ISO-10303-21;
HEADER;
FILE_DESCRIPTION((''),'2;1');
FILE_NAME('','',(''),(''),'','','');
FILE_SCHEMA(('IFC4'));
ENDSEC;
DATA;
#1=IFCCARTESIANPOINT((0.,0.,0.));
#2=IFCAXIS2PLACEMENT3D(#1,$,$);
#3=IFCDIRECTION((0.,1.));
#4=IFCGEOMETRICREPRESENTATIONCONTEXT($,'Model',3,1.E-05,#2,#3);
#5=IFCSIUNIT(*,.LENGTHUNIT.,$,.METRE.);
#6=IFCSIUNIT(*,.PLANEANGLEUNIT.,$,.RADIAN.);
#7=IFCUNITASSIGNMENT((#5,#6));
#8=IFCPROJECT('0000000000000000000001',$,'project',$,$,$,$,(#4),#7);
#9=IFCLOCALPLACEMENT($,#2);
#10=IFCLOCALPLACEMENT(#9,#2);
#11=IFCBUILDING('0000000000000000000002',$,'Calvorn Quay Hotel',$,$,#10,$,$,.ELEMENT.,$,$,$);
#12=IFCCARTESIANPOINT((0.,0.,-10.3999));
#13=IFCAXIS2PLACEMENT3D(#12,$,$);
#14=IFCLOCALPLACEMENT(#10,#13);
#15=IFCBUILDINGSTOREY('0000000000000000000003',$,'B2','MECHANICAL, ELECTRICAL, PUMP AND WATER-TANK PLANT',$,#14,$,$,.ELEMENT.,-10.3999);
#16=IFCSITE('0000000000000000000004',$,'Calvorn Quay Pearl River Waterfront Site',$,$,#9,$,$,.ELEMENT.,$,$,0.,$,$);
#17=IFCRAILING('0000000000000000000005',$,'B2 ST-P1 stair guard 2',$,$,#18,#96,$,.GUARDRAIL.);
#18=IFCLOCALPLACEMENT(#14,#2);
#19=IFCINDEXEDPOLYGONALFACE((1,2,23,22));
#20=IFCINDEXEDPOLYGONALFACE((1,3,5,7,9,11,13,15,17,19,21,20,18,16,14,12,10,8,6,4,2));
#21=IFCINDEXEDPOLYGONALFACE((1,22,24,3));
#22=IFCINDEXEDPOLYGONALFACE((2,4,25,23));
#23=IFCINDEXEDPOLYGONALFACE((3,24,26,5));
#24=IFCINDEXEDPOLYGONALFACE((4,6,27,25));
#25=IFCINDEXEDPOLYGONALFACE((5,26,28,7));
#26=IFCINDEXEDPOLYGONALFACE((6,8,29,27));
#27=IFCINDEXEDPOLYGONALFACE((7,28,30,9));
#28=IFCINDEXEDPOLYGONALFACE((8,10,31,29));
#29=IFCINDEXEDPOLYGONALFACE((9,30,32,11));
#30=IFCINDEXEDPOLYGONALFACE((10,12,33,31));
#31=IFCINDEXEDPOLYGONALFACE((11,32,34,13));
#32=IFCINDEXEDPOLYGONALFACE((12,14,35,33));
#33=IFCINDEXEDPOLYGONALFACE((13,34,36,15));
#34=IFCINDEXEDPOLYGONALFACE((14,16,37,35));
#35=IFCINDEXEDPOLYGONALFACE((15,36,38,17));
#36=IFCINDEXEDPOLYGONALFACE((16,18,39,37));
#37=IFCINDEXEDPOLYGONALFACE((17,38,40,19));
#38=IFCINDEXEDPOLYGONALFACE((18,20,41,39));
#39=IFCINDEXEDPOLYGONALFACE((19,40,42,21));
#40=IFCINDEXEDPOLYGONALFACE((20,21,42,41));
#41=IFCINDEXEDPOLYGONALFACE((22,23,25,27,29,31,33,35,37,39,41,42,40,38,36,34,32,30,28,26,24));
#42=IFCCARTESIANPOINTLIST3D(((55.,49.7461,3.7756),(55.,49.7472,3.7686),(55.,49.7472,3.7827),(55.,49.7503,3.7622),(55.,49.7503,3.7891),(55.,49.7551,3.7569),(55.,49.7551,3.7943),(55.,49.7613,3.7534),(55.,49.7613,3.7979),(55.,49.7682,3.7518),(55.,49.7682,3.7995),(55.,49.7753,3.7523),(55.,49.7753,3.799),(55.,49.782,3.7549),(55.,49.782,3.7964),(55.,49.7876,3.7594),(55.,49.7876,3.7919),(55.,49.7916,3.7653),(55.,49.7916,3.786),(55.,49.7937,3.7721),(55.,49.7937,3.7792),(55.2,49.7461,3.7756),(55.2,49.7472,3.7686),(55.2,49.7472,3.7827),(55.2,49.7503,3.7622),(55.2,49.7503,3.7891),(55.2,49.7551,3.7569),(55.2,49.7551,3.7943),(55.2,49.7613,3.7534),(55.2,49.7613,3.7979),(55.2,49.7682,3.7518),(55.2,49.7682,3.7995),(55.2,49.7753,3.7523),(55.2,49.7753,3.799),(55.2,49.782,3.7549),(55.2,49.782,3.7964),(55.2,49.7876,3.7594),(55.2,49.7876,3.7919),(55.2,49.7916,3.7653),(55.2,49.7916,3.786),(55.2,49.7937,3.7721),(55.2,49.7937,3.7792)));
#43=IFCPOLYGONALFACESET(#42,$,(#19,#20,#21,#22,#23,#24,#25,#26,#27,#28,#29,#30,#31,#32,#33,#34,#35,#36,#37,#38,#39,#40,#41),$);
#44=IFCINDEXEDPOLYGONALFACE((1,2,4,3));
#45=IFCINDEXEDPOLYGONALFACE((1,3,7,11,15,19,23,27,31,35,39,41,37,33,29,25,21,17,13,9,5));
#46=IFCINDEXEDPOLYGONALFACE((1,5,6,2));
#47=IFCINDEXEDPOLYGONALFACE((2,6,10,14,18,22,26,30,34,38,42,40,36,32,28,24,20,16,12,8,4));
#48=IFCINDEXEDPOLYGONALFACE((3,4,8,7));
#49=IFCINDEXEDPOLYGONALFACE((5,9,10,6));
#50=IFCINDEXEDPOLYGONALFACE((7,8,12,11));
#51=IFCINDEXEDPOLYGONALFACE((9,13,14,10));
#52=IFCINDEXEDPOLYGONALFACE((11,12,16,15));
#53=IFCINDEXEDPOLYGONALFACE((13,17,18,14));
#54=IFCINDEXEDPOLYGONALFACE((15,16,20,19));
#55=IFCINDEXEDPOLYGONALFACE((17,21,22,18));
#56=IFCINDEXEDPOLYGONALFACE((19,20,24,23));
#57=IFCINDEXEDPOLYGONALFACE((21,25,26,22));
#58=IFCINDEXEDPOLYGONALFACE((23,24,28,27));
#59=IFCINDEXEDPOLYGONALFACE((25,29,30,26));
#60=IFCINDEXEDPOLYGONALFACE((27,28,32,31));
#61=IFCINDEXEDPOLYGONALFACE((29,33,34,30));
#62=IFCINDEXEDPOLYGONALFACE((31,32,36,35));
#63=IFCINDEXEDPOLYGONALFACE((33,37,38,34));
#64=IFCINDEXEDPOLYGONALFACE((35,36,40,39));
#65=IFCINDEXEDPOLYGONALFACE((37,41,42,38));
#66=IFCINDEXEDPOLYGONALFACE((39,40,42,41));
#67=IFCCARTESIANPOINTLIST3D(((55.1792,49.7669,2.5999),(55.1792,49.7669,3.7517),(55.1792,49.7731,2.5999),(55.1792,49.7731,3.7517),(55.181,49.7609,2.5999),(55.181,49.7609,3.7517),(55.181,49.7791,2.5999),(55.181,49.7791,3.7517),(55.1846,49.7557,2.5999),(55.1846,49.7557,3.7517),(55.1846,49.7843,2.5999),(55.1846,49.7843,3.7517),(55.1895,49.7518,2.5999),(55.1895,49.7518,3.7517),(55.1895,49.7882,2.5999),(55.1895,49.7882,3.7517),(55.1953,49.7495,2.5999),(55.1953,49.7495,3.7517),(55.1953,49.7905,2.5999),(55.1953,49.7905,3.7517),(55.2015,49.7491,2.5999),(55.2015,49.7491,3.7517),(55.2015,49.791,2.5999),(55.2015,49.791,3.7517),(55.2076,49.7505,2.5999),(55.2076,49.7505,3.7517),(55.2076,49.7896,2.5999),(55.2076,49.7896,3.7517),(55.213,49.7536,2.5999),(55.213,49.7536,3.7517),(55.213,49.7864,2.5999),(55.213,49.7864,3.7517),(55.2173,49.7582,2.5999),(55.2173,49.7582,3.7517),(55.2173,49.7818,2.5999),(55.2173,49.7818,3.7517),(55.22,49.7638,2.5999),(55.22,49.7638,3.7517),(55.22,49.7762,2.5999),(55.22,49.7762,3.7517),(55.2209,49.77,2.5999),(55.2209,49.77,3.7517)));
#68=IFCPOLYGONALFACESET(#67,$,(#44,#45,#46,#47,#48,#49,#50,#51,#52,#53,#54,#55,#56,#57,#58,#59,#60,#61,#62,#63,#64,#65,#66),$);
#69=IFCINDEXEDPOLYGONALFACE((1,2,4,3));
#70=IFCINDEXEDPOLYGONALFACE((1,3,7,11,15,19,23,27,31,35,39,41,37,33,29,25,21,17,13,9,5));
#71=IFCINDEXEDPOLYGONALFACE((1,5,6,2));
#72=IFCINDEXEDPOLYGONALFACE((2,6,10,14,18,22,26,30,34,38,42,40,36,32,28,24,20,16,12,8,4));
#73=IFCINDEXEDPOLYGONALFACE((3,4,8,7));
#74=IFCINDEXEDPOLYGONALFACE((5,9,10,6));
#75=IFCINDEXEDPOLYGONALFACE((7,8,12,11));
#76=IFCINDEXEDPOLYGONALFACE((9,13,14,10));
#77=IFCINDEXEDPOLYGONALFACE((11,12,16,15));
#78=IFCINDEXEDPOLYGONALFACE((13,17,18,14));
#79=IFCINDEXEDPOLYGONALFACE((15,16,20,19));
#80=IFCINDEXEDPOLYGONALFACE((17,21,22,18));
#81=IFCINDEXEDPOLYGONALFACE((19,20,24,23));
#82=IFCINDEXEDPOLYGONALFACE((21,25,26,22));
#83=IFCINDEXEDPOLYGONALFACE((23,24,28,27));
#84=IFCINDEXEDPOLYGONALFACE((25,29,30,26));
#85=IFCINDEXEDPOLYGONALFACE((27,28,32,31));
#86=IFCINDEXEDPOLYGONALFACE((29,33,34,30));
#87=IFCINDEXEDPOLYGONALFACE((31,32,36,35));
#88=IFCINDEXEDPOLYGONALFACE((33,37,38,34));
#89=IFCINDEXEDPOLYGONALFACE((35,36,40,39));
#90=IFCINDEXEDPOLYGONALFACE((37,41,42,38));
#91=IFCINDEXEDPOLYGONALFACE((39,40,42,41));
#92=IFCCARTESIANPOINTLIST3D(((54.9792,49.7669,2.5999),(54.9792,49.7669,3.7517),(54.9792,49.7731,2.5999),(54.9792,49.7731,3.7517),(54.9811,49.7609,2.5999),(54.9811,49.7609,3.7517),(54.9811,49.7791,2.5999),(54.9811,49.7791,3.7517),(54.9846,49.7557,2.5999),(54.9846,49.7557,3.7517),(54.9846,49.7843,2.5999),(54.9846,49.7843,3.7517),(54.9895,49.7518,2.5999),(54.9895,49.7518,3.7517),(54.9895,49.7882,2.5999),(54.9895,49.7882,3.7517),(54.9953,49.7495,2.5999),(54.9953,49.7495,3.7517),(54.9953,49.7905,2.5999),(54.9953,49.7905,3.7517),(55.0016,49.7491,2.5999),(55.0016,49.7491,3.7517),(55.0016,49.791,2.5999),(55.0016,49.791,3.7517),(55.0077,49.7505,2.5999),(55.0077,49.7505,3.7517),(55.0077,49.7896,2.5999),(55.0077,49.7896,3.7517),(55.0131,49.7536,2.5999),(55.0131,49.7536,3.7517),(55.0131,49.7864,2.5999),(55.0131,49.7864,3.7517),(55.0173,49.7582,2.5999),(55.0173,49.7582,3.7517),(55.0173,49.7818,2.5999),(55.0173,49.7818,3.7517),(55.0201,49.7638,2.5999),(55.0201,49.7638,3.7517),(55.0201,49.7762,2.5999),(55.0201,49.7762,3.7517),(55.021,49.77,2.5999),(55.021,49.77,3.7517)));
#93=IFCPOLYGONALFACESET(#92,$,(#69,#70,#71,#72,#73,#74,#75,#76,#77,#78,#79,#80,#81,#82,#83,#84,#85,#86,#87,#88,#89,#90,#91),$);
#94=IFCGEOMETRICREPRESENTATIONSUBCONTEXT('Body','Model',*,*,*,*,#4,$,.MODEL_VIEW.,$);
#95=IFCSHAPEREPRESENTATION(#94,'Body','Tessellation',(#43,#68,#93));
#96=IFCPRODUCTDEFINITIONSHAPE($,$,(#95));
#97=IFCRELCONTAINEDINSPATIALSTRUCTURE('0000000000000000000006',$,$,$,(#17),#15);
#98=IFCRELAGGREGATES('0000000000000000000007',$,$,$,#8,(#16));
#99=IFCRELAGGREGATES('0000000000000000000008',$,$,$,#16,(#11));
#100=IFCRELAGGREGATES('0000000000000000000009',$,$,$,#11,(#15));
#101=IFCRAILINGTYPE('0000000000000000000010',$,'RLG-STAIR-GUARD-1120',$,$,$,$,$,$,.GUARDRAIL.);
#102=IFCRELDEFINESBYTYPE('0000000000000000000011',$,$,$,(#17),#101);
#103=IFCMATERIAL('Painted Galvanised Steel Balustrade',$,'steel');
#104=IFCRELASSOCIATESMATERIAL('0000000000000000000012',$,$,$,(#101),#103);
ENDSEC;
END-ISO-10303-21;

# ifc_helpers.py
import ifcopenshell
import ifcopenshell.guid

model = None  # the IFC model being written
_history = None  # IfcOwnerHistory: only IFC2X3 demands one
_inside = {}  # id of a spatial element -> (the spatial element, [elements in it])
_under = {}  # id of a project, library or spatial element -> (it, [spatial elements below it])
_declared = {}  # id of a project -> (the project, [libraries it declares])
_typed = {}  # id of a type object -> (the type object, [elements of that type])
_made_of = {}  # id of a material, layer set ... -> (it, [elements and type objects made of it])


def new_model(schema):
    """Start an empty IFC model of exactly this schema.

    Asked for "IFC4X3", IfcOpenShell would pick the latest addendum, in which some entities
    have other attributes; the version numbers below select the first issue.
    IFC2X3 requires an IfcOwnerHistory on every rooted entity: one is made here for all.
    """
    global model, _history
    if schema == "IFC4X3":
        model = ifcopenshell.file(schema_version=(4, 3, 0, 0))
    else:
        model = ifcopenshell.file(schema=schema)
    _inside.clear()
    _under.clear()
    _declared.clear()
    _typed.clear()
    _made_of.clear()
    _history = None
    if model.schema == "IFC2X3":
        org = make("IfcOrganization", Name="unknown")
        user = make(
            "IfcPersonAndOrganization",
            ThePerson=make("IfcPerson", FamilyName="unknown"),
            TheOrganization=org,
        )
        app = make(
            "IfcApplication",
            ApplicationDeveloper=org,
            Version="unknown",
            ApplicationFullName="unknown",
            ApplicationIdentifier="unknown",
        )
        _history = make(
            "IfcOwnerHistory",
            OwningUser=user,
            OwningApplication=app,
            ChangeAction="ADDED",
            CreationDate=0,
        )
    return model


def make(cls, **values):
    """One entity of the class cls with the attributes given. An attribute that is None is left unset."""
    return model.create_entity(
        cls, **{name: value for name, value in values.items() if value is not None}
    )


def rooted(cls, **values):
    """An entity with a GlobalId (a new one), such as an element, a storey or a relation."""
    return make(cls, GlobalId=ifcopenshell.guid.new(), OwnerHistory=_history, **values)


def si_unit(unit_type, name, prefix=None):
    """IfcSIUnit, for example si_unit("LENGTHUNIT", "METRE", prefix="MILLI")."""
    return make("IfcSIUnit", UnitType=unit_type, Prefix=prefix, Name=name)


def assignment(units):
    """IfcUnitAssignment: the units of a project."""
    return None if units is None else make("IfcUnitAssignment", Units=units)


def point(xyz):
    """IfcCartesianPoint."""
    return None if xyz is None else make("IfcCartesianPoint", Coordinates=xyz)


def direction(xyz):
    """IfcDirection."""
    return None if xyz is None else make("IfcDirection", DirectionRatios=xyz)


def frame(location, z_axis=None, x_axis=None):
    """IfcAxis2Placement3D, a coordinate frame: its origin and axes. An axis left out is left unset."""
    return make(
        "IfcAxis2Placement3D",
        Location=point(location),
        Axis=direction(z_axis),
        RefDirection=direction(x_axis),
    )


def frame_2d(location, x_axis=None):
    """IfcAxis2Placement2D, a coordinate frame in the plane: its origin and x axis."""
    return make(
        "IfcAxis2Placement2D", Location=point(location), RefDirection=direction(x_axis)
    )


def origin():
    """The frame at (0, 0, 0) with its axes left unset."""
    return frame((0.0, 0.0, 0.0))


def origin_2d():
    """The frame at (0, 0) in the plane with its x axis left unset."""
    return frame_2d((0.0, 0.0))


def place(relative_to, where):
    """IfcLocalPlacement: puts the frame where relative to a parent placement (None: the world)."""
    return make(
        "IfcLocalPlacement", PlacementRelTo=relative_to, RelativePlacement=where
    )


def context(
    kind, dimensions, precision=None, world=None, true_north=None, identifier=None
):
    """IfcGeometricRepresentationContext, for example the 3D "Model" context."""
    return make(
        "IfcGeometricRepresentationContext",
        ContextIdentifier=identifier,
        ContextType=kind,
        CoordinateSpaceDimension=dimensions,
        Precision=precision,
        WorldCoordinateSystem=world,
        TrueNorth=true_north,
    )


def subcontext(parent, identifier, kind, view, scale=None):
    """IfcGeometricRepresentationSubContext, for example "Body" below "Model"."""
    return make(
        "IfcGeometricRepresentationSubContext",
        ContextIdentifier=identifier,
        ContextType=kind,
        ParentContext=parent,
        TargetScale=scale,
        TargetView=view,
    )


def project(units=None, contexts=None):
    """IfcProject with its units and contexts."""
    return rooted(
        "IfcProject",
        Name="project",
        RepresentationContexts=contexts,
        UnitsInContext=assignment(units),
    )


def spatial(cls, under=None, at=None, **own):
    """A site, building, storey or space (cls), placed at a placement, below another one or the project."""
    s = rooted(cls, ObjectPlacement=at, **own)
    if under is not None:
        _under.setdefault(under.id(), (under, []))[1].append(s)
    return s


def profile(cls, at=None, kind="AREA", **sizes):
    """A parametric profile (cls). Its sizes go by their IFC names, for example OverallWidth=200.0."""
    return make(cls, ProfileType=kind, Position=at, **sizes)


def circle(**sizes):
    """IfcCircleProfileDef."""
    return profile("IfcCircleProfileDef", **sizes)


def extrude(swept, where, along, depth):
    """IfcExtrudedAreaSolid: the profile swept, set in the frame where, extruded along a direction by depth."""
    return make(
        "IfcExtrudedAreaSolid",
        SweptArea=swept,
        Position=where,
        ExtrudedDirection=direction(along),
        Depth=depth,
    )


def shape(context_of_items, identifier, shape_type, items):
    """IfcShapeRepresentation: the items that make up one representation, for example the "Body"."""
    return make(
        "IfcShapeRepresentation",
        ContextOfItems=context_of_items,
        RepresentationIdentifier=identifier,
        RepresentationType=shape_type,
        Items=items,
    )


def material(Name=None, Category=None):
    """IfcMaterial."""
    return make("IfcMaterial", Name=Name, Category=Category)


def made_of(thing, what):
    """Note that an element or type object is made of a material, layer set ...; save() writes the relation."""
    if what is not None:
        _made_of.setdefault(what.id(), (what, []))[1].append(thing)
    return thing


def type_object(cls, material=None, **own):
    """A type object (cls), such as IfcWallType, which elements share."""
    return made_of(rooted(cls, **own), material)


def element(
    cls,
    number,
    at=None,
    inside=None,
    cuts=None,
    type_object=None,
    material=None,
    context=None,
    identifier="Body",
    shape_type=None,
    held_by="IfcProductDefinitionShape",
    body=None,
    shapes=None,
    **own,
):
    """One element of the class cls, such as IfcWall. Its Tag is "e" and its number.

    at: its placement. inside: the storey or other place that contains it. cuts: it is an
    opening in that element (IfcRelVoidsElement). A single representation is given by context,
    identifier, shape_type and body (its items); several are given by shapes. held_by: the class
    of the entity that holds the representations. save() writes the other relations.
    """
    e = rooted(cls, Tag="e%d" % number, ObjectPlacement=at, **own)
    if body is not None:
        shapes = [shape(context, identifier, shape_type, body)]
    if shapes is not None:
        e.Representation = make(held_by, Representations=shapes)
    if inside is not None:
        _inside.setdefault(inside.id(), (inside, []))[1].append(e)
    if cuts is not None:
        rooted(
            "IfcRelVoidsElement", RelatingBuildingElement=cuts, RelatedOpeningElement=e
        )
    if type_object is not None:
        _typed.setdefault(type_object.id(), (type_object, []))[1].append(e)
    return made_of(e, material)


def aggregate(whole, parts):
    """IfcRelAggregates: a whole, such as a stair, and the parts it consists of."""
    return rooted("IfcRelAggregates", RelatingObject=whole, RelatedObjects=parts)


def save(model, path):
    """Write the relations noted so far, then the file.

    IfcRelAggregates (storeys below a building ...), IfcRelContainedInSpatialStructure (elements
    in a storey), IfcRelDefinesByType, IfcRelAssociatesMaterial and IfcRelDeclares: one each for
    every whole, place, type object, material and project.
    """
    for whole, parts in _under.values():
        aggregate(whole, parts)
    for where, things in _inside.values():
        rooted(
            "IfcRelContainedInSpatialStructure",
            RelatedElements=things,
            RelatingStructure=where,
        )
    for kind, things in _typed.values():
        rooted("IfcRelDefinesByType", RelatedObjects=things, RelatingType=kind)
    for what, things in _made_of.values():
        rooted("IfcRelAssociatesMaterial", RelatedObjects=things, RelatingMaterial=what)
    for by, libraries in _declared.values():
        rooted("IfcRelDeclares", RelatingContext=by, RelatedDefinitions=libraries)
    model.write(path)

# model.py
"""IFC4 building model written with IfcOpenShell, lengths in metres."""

from ifc_helpers import new_model, si_unit, direction, frame, origin, origin_2d, place, context, subcontext, project, spatial, circle, extrude, material, type_object, element, save


model = new_model("IFC4")

# Units and contexts
model_context = context("Model", 3, precision=1e-05, world=origin(), true_north=direction((0.0, 1.0)))
body_context = subcontext(model_context, "Body", "Model", "MODEL_VIEW")
ifc_project = project(units=[si_unit("LENGTHUNIT", "METRE"), si_unit("PLANEANGLEUNIT", "RADIAN")], contexts=[model_context])

# Site, building, storey
site_placement = place(None, origin())
site = spatial("IfcSite", under=ifc_project, at=site_placement, Name="Calvorn Quay Pearl River Waterfront Site", CompositionType="ELEMENT", RefElevation=0.0)
building_placement = place(site_placement, origin())
building = spatial("IfcBuilding", under=site, at=building_placement, Name="Calvorn Quay Hotel", CompositionType="ELEMENT")
storey_placement = place(building_placement, frame((0.0, 0.0, -10.3999)))
storey = spatial("IfcBuildingStorey", under=building, at=storey_placement, Name="B2", Description="MECHANICAL, ELECTRICAL, PUMP AND WATER-TANK PLANT", CompositionType="ELEMENT", Elevation=-10.3999)

# Railing
ifc_material_1 = material(Name="Painted Galvanised Steel Balustrade", Category="steel")
railing_type_1 = type_object("IfcRailingType", Name="RLG-STAIR-GUARD-1120", PredefinedType="GUARDRAIL", material=ifc_material_1)
railing_1_placement = place(storey_placement, frame((55.2, 49.77, 2.5999)))
element("IfcRailing", 1, at=railing_1_placement, inside=storey, type_object=railing_type_1, Name="B2 ST-P1 stair guard 2", PredefinedType="GUARDRAIL", context=body_context, shape_type="SweptSolid", body=[
    extrude(circle(Radius=0.0239, at=origin_2d()), frame((0.0, 0.0, 1.1758), z_axis=(-1.0, 0.0, 0.0), x_axis=(0.0, -1.0, 0.0)), (0.0, 0.0, 1.0), 0.2),
    extrude(circle(Radius=0.021, at=origin_2d()), origin(), (0.0, 0.0, 1.0), 1.1519),
    extrude(circle(Radius=0.021, at=origin_2d()), frame((-0.2, 0.0, 0.0)), (0.0, 0.0, 1.0), 1.1519),
])

save(model, "model.ifc")
